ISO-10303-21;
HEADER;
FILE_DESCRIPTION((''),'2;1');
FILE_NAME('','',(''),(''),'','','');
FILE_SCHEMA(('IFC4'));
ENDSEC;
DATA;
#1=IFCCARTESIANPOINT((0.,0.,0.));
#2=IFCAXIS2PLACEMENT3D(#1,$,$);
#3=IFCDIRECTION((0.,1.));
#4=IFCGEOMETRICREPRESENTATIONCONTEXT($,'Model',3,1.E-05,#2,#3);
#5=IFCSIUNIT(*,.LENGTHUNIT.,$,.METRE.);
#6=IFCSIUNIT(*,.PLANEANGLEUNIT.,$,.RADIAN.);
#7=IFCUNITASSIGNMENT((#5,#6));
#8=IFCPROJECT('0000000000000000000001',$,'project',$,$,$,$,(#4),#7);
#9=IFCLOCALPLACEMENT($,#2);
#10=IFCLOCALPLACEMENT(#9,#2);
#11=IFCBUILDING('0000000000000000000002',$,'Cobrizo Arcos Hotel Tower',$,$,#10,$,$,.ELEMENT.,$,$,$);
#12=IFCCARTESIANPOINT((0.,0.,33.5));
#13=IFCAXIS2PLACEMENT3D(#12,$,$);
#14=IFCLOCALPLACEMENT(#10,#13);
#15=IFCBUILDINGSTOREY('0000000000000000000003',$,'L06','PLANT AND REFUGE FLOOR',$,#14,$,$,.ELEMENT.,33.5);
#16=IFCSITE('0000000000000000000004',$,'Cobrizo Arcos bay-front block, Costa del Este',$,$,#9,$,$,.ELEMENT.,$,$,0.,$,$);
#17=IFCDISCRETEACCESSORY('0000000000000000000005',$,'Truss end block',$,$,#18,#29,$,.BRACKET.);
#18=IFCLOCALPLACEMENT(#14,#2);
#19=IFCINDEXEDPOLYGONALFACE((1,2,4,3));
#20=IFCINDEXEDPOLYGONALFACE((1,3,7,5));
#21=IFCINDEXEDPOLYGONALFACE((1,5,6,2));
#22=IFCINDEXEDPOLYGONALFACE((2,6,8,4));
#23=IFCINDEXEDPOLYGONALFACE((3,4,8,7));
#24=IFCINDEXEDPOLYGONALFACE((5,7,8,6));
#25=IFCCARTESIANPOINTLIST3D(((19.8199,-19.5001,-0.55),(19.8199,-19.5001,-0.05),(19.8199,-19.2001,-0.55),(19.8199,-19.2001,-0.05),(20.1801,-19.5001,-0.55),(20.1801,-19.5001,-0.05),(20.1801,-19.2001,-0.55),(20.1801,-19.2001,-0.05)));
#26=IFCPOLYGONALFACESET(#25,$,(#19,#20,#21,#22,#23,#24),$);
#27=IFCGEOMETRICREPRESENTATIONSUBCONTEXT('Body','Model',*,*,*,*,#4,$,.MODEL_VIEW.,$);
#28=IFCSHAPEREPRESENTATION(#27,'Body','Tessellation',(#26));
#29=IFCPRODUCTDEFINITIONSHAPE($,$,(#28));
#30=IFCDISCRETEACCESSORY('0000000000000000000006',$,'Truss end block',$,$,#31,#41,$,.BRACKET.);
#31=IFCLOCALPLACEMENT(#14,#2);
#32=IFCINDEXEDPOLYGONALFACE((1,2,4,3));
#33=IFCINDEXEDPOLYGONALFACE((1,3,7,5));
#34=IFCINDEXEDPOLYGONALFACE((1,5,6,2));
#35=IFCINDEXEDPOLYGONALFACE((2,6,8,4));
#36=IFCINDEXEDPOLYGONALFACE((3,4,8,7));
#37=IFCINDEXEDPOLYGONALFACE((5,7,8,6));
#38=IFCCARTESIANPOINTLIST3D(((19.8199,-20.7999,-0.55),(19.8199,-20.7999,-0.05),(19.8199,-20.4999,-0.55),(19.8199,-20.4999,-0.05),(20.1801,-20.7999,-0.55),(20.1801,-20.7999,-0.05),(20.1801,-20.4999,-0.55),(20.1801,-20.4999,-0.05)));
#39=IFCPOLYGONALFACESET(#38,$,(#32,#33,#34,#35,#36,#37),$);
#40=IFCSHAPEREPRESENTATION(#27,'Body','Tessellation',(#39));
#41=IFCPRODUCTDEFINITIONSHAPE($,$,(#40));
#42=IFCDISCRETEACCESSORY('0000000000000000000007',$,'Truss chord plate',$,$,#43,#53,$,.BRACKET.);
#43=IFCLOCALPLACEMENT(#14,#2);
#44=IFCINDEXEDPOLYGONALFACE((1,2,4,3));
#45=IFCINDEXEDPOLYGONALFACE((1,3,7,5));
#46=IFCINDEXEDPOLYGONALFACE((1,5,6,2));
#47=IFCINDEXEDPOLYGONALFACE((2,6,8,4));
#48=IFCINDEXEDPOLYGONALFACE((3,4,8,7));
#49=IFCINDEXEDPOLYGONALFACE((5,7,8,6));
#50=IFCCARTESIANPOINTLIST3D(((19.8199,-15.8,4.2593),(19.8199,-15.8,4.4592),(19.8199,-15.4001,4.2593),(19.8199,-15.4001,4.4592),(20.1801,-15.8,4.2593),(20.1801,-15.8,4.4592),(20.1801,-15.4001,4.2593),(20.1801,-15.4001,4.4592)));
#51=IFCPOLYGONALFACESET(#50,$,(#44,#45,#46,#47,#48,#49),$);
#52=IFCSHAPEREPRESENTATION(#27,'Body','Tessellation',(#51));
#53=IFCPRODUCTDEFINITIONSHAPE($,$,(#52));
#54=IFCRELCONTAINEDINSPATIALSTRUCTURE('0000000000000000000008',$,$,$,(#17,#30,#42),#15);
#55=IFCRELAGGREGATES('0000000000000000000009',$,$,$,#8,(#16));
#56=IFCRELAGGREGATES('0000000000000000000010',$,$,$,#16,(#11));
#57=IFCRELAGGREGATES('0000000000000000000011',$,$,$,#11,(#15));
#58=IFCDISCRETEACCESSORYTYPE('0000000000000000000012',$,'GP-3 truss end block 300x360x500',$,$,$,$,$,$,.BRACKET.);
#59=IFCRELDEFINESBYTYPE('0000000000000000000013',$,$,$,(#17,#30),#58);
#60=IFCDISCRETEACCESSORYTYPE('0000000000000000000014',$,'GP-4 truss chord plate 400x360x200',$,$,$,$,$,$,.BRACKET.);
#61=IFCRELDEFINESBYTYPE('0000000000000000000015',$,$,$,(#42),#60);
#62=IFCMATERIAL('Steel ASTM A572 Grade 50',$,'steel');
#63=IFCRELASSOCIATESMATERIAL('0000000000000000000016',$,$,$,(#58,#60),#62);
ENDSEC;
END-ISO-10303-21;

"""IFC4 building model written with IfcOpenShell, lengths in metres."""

from ifc_helpers import new_model, si_unit, direction, frame, origin, origin_2d, place, context, subcontext, project, spatial, rectangle, extrude, material, type_object, element, save


model = new_model("IFC4")

# Units and contexts
model_context = context("Model", 3, precision=1e-05, world=origin(), true_north=direction((0.0, 1.0)))
body_context = subcontext(model_context, "Body", "Model", "MODEL_VIEW")
ifc_project = project(units=[si_unit("LENGTHUNIT", "METRE"), si_unit("PLANEANGLEUNIT", "RADIAN")], contexts=[model_context])

# Site, building, storey
site_placement = place(None, origin())
site = spatial("IfcSite", under=ifc_project, at=site_placement, Name="Cobrizo Arcos bay-front block, Costa del Este", CompositionType="ELEMENT", RefElevation=0.0)
building_placement = place(site_placement, origin())
building = spatial("IfcBuilding", under=site, at=building_placement, Name="Cobrizo Arcos Hotel Tower", CompositionType="ELEMENT")
storey_placement = place(building_placement, frame((0.0, 0.0, 33.5)))
storey = spatial("IfcBuildingStorey", under=building, at=storey_placement, Name="L06", Description="PLANT AND REFUGE FLOOR", CompositionType="ELEMENT", Elevation=33.5)

# Shared definitions
ifc_material_1 = material(Name="Steel ASTM A572 Grade 50", Category="steel")

# Discrete accessories
discrete_accessory_type_1 = type_object("IfcDiscreteAccessoryType", Name="GP-3 truss end block 300x360x500", PredefinedType="BRACKET", material=ifc_material_1)
for number, where, z_axis, x_axis, name in (
    (1, (20.0, -19.3501, -0.55), (0.0, 0.0, 1.0), (0.0, 1.0, 0.0), "Truss end block"),
    (2, (20.0, -20.6499, -0.55), (0.0, 0.0, 1.0), (0.0, -1.0, 0.0), "Truss end block"),
):
    element("IfcDiscreteAccessory", number, at=place(storey_placement, frame(where, z_axis=z_axis, x_axis=x_axis)), inside=storey, type_object=discrete_accessory_type_1, Name=name, PredefinedType="BRACKET", context=body_context, shape_type="SweptSolid", body=[
        extrude(rectangle(XDim=0.3, YDim=0.3601, at=origin_2d()), origin(), (0.0, 0.0, 1.0), 0.5),
    ])
discrete_accessory_type_2 = type_object("IfcDiscreteAccessoryType", Name="GP-4 truss chord plate 400x360x200", PredefinedType="BRACKET", material=ifc_material_1)
discrete_accessory_placement = place(storey_placement, frame((20.0, -15.6001, 4.2593), z_axis=(0.0, 0.0, 1.0), x_axis=(0.0, -1.0, 0.0)))
element("IfcDiscreteAccessory", 3, at=discrete_accessory_placement, inside=storey, type_object=discrete_accessory_type_2, Name="Truss chord plate", PredefinedType="BRACKET", context=body_context, shape_type="SweptSolid", body=[
    extrude(rectangle(XDim=0.3999, YDim=0.3601, at=origin_2d()), origin(), (0.0, 0.0, 1.0), 0.2),
])

save(model, "model.ifc")
